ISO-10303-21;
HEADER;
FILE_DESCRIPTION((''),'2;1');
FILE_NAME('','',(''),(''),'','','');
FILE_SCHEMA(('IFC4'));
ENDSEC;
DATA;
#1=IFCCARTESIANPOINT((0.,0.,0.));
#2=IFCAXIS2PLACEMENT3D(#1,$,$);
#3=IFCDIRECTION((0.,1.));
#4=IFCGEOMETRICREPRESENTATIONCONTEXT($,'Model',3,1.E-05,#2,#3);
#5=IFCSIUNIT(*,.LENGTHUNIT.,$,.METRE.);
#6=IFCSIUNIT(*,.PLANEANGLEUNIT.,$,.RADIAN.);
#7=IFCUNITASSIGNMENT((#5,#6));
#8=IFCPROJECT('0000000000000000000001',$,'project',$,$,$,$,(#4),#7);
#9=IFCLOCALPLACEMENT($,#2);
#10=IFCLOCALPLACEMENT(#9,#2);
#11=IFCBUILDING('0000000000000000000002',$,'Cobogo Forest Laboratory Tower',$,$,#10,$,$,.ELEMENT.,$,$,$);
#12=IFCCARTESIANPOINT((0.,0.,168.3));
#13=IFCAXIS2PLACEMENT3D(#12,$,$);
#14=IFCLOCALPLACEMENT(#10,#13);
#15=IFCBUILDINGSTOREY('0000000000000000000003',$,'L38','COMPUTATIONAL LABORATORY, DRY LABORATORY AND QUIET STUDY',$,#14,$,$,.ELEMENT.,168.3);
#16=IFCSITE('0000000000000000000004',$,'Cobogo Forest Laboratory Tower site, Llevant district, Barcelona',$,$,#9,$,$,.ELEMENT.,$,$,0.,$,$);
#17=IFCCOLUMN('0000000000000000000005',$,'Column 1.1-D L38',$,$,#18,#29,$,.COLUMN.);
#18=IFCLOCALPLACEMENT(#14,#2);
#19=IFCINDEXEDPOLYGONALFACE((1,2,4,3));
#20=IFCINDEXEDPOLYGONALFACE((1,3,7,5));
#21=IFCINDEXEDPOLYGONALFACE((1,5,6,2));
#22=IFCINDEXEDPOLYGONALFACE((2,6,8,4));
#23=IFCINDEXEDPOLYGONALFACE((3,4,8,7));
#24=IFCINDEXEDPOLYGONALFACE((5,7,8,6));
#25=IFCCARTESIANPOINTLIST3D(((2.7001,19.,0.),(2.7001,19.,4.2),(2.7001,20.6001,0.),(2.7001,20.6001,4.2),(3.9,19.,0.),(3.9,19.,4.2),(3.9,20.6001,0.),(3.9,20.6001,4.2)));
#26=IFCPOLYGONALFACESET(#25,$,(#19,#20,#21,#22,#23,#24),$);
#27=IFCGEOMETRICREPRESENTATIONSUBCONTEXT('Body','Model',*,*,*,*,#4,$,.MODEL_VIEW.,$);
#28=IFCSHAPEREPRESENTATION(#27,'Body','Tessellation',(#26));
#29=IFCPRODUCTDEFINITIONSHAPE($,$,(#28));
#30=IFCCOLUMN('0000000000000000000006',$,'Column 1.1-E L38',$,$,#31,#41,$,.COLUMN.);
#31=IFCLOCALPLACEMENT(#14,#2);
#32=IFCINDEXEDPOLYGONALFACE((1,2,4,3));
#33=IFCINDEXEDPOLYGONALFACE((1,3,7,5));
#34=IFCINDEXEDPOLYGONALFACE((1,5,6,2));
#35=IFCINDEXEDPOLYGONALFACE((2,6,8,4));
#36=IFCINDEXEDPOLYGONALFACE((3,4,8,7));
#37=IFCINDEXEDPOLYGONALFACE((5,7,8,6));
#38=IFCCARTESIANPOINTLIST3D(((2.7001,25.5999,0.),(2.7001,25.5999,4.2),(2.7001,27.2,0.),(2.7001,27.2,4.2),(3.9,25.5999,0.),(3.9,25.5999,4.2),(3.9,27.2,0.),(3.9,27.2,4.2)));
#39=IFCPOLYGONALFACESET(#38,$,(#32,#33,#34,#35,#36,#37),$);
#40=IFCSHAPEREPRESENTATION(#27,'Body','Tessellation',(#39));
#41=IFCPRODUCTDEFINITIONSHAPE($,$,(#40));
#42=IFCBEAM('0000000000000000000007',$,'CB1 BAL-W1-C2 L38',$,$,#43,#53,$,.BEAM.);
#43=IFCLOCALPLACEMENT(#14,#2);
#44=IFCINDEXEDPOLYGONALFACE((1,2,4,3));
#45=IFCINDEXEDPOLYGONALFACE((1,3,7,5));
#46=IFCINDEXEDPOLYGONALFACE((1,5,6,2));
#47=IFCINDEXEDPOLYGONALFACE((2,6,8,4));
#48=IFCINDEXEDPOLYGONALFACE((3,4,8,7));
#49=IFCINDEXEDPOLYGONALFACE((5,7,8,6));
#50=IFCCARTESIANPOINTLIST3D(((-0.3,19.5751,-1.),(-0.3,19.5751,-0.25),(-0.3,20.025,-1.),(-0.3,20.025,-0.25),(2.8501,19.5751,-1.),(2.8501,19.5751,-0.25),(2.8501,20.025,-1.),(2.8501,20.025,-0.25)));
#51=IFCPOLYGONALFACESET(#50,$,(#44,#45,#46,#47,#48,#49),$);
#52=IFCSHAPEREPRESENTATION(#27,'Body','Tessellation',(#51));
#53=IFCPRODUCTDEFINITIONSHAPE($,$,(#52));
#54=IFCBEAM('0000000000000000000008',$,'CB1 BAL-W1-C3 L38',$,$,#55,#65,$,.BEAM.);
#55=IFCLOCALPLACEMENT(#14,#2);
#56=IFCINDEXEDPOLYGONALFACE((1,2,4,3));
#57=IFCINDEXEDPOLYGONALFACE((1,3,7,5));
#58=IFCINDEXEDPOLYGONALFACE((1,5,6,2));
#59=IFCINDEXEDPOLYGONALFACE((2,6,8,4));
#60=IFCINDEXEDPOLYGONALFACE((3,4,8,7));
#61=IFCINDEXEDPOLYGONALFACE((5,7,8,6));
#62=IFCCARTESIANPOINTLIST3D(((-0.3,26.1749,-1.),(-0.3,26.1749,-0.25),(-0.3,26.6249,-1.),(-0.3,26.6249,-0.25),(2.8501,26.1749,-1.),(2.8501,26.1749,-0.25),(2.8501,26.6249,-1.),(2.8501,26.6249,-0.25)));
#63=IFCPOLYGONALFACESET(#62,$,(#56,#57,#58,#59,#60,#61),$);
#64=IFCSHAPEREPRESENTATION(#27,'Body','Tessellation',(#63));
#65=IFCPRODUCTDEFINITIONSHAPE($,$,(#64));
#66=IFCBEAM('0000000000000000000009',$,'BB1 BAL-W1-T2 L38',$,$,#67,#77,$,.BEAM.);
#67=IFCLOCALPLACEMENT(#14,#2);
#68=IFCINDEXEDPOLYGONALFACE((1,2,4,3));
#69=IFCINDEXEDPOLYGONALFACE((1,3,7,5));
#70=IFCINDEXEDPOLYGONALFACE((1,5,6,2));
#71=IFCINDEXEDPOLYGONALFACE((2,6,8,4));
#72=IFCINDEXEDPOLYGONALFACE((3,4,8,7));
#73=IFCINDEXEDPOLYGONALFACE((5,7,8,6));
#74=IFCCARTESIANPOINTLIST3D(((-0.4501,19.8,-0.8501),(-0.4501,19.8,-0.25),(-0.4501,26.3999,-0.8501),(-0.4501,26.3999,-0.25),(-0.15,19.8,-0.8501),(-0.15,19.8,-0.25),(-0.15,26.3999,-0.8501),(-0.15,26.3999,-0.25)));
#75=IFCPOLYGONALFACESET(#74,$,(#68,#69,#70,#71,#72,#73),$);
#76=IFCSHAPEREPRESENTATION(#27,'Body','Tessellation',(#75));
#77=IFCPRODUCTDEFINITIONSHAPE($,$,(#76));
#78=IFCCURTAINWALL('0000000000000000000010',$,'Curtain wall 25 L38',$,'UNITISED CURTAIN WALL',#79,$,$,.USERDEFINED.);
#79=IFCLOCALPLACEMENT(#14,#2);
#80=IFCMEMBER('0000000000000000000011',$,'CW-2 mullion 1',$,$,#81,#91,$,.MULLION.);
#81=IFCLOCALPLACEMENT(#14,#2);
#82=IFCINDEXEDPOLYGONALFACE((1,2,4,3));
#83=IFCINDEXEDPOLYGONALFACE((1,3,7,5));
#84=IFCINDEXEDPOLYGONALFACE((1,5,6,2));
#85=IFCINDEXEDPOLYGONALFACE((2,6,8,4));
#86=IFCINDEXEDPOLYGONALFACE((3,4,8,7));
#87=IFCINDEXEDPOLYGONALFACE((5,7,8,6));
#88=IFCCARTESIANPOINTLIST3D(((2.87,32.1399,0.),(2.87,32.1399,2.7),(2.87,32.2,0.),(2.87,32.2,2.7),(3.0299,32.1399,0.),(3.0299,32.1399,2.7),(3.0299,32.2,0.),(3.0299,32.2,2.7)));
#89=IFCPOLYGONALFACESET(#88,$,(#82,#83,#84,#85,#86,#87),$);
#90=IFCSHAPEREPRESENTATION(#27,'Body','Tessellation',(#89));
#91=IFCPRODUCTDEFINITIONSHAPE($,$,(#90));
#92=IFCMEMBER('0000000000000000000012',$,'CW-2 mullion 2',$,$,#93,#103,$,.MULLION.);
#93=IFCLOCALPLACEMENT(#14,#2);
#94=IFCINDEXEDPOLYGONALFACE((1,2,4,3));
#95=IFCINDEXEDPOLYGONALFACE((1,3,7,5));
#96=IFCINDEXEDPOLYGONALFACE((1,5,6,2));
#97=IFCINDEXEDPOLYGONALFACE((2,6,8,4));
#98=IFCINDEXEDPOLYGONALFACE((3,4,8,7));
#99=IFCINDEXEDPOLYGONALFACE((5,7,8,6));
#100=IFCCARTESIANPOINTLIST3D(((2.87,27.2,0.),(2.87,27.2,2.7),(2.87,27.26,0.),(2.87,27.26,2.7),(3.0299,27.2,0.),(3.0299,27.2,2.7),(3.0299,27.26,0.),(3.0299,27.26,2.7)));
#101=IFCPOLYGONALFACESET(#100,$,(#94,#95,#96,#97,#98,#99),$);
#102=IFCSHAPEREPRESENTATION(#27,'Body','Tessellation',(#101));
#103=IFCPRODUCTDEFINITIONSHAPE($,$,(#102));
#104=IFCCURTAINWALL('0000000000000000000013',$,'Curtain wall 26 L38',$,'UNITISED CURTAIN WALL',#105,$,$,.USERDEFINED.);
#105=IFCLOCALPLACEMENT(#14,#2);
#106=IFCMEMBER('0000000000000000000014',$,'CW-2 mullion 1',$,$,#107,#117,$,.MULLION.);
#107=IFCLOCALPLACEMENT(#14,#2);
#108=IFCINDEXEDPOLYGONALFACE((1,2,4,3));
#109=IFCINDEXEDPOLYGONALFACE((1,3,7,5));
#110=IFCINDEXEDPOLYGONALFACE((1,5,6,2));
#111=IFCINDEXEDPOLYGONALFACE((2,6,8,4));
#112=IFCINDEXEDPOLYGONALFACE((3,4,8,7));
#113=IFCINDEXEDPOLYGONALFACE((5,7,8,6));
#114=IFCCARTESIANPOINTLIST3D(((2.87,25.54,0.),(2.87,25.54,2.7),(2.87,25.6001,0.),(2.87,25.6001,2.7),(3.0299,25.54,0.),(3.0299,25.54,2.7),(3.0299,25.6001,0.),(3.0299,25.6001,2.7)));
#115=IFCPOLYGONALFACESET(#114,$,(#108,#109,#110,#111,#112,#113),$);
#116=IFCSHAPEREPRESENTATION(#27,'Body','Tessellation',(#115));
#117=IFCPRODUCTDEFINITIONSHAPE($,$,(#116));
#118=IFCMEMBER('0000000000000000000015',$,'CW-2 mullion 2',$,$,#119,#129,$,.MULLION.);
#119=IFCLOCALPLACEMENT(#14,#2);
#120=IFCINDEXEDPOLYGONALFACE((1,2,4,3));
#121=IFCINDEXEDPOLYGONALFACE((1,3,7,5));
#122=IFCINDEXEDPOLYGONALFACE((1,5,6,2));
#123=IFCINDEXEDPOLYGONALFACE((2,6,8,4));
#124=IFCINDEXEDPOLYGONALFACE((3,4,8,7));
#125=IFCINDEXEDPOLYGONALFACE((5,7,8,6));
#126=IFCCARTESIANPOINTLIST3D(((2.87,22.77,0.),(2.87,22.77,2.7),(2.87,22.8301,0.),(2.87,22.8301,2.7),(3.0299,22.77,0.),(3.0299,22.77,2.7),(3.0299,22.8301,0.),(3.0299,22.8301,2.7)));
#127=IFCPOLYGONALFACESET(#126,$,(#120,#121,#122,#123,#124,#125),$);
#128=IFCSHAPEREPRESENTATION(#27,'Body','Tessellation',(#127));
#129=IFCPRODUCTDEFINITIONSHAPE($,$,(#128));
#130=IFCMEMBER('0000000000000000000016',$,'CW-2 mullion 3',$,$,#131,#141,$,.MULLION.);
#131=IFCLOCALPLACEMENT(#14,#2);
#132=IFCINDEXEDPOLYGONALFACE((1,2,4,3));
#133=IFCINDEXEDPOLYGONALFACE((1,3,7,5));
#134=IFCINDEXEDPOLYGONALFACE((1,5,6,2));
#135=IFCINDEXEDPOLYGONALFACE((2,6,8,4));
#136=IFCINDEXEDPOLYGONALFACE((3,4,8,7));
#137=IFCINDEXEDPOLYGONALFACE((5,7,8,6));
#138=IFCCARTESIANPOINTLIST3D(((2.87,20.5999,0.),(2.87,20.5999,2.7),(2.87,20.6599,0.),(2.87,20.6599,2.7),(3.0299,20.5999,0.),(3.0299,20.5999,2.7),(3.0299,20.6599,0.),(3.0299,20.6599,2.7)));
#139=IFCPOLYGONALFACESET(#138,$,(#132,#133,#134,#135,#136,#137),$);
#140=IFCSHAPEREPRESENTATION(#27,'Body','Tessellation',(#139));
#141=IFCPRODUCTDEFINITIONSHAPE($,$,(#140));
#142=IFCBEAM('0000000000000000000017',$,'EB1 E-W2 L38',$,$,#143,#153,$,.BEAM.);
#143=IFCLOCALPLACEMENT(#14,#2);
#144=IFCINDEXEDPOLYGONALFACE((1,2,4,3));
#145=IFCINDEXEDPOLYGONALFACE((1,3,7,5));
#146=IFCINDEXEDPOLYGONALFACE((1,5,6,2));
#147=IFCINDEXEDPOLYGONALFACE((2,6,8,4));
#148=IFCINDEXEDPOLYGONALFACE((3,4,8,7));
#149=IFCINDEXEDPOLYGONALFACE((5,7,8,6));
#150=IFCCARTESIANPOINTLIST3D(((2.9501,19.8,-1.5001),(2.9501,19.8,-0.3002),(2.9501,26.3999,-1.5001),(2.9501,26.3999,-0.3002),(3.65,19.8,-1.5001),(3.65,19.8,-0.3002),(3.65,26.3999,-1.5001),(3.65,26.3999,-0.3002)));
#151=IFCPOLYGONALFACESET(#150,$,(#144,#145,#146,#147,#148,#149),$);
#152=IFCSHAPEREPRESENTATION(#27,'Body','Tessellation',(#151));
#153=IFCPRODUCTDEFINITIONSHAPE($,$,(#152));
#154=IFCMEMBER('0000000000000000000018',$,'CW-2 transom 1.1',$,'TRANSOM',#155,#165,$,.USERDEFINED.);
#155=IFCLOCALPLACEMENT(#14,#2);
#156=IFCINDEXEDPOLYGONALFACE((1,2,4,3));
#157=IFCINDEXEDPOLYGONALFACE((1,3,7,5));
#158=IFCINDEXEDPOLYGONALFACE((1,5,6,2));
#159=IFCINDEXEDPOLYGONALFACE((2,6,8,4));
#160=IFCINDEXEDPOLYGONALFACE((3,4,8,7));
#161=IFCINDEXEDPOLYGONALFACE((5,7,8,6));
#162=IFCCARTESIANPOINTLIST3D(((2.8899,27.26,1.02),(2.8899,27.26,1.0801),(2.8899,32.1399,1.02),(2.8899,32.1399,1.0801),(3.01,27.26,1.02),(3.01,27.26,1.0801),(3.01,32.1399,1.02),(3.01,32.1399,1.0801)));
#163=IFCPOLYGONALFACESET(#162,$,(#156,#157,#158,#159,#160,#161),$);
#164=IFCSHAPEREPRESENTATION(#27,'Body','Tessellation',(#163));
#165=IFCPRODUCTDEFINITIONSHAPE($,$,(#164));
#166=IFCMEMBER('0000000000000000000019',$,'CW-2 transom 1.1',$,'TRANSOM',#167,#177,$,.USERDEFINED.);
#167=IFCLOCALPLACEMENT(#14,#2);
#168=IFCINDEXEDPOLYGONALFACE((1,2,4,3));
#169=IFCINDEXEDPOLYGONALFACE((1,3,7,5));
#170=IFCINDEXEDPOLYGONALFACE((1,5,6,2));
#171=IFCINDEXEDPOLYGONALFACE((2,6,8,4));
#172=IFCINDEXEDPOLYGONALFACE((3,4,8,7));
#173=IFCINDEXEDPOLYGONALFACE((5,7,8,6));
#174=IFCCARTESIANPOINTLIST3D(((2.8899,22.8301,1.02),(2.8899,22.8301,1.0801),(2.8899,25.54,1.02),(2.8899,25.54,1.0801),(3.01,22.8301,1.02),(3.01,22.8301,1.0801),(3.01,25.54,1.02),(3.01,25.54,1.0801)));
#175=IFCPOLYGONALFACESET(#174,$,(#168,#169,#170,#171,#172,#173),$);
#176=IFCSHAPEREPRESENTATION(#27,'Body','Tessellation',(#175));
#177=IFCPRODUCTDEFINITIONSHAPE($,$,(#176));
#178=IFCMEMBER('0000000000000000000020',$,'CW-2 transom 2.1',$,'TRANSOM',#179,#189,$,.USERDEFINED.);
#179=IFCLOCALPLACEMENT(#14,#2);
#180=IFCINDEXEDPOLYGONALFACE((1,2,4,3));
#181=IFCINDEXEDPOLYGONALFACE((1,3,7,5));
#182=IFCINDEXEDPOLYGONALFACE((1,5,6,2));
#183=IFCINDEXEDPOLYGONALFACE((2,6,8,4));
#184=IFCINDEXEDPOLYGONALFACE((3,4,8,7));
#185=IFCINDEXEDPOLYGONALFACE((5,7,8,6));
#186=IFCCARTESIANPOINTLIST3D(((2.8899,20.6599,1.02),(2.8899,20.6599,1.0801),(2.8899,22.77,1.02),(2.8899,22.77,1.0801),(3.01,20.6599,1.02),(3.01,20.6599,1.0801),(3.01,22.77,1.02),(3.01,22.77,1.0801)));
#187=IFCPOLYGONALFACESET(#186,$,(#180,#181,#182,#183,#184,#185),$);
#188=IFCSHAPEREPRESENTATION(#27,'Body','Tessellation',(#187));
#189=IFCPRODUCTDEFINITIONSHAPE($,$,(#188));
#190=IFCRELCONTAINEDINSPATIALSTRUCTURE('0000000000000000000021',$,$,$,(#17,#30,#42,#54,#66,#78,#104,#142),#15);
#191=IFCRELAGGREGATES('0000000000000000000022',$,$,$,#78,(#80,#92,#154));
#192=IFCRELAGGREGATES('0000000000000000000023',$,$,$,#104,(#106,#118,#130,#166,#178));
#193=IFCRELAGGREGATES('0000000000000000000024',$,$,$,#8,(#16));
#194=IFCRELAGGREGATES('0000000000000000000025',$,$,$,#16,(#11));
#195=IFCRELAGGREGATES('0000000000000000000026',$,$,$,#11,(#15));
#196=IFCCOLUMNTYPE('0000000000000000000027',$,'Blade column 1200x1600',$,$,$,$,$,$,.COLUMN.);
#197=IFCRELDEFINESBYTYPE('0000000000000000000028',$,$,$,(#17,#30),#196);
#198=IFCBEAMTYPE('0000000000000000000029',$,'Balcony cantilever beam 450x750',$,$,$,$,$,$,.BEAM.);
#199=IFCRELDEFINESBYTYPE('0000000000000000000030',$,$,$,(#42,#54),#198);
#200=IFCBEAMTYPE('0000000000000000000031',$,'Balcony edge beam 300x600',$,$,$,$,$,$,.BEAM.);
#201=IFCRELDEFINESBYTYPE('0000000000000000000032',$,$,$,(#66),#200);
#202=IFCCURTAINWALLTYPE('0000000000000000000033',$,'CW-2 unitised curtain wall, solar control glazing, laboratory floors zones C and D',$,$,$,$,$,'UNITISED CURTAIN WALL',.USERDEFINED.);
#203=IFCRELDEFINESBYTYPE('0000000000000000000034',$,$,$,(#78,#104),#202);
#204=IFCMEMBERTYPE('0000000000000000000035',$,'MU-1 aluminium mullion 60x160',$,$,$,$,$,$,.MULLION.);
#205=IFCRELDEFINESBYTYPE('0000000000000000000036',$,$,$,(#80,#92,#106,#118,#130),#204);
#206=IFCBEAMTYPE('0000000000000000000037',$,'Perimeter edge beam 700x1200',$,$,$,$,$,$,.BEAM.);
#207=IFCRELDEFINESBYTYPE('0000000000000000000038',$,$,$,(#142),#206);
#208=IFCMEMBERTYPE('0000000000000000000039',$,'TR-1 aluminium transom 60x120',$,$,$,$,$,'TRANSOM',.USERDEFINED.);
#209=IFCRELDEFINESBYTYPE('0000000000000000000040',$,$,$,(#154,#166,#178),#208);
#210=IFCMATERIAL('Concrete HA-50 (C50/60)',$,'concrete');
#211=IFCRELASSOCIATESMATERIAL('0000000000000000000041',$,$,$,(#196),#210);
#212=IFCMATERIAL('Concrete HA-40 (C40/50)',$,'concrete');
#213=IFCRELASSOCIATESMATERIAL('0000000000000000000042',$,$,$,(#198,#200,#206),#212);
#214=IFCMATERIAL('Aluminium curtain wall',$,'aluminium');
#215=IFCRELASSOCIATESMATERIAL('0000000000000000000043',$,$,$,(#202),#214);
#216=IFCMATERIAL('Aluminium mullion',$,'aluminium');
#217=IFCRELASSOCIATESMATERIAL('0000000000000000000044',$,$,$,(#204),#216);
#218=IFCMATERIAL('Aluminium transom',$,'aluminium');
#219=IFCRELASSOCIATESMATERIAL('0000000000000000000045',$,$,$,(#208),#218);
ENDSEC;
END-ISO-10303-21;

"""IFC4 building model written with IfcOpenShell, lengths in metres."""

from ifc_helpers import new_model, si_unit, direction, frame, origin, origin_2d, place, context, subcontext, project, spatial, rectangle, extrude, material, material_profile, profile_set, type_object, element, aggregate, save


model = new_model("IFC4")

# Units and contexts
model_context = context("Model", 3, precision=1e-05, world=origin(), true_north=direction((0.0, 1.0)))
body_context = subcontext(model_context, "Body", "Model", "MODEL_VIEW")
ifc_project = project(units=[si_unit("LENGTHUNIT", "METRE"), si_unit("PLANEANGLEUNIT", "RADIAN")], contexts=[model_context])

# Site, building, storey
site_placement = place(None, origin())
site = spatial("IfcSite", under=ifc_project, at=site_placement, Name="Cobogo Forest Laboratory Tower site, Llevant district, Barcelona", CompositionType="ELEMENT", RefElevation=0.0)
building_placement = place(site_placement, origin())
building = spatial("IfcBuilding", under=site, at=building_placement, Name="Cobogo Forest Laboratory Tower", CompositionType="ELEMENT")
storey_placement = place(building_placement, frame((0.0, 0.0, 168.3)))
storey = spatial("IfcBuildingStorey", under=building, at=storey_placement, Name="L38", Description="COMPUTATIONAL LABORATORY, DRY LABORATORY AND QUIET STUDY", CompositionType="ELEMENT", Elevation=168.3)

# Columns
ifc_material_1 = material(Name="Concrete HA-50 (C50/60)", Category="concrete")
ifc_material_profile_1 = material_profile(ifc_material_1, rectangle(XDim=1.6001, YDim=1.2, at=origin_2d()), Name="RC 1200x1600")
ifc_profile_set_1 = profile_set([ifc_material_profile_1], Name="Concrete HA-50 (C50/60)")
column_type = type_object("IfcColumnType", Name="Blade column 1200x1600", PredefinedType="COLUMN", material=ifc_profile_set_1)
for number, where, z_axis, x_axis, name in (
    (1, (3.3, 19.8, 0.0), (0.0, 0.0, 1.0), (0.0, 1.0, 0.0), "Column 1.1-D L38"),
    (2, (3.3, 26.3999, 0.0), (0.0, 0.0, 1.0), (0.0, 1.0, 0.0), "Column 1.1-E L38"),
):
    element("IfcColumn", number, at=place(storey_placement, frame(where, z_axis=z_axis, x_axis=x_axis)), inside=storey, type_object=column_type, Name=name, PredefinedType="COLUMN", context=body_context, shape_type="SweptSolid", body=[
        extrude(rectangle(XDim=1.6001, YDim=1.2, at=origin_2d()), origin(), (0.0, 0.0, 1.0), 4.2),
    ])

# Beams
ifc_material_2 = material(Name="Concrete HA-40 (C40/50)", Category="concrete")
ifc_material_profile_2 = material_profile(ifc_material_2, rectangle(XDim=0.45, YDim=0.75, at=origin_2d()), Name="RC 450x750")
ifc_profile_set_2 = profile_set([ifc_material_profile_2], Name="Concrete HA-40 (C40/50)")
beam_type_1 = type_object("IfcBeamType", Name="Balcony cantilever beam 450x750", PredefinedType="BEAM", material=ifc_profile_set_2)
for number, where, z_axis, x_axis, name in (
    (3, (2.8501, 19.8, -0.625), (-1.0, 0.0, 0.0), (0.0, -1.0, 0.0), "CB1 BAL-W1-C2 L38"),
    (4, (2.8501, 26.3999, -0.625), (-1.0, 0.0, 0.0), (0.0, -1.0, 0.0), "CB1 BAL-W1-C3 L38"),
):
    element("IfcBeam", number, at=place(storey_placement, frame(where, z_axis=z_axis, x_axis=x_axis)), inside=storey, type_object=beam_type_1, Name=name, PredefinedType="BEAM", context=body_context, shape_type="SweptSolid", body=[
        extrude(rectangle(XDim=0.45, YDim=0.75, at=origin_2d()), origin(), (0.0, 0.0, 1.0), 3.1501),
    ])
ifc_material_profile_3 = material_profile(ifc_material_2, rectangle(XDim=0.3, YDim=0.6001, at=origin_2d()), Name="RC 300x600")
ifc_profile_set_3 = profile_set([ifc_material_profile_3], Name="Concrete HA-40 (C40/50)")
beam_type_2 = type_object("IfcBeamType", Name="Balcony edge beam 300x600", PredefinedType="BEAM", material=ifc_profile_set_3)
beam_1_placement = place(storey_placement, frame((-0.3, 19.8, -0.55), z_axis=(0.0, 1.0, 0.0), x_axis=(-1.0, 0.0, 0.0)))
element("IfcBeam", 5, at=beam_1_placement, inside=storey, type_object=beam_type_2, Name="BB1 BAL-W1-T2 L38", PredefinedType="BEAM", context=body_context, shape_type="SweptSolid", body=[
    extrude(rectangle(XDim=0.3, YDim=0.6001, at=origin_2d()), origin(), (0.0, 0.0, 1.0), 6.5999),
])

# Curtain walls, members
ifc_material_3 = material(Name="Aluminium curtain wall", Category="aluminium")
curtain_wall_type = type_object("IfcCurtainWallType", Name="CW-2 unitised curtain wall, solar control glazing, laboratory floors zones C and D", ElementType="UNITISED CURTAIN WALL", PredefinedType="USERDEFINED", material=ifc_material_3)
curtain_wall_1_placement = place(storey_placement, origin())
curtain_wall_1 = element("IfcCurtainWall", 6, at=curtain_wall_1_placement, inside=storey, type_object=curtain_wall_type, Name="Curtain wall 25 L38", ObjectType="UNITISED CURTAIN WALL", PredefinedType="USERDEFINED")
ifc_material_4 = material(Name="Aluminium mullion", Category="aluminium")
ifc_material_profile_4 = material_profile(ifc_material_4, rectangle(XDim=0.0601, YDim=0.1599, at=origin_2d()), Name="AL 60x160")
ifc_profile_set_4 = profile_set([ifc_material_profile_4], Name="Aluminium mullion")
member_type_1 = type_object("IfcMemberType", Name="MU-1 aluminium mullion 60x160", PredefinedType="MULLION", material=ifc_profile_set_4)
member_1_placement = place(storey_placement, frame((2.95, 32.1699, 0.0), z_axis=(0.0, 0.0, 1.0), x_axis=(0.0, -1.0, 0.0)))
member_1 = element("IfcMember", 7, at=member_1_placement, type_object=member_type_1, Name="CW-2 mullion 1", PredefinedType="MULLION", context=body_context, shape_type="SweptSolid", body=[
    extrude(rectangle(XDim=0.0601, YDim=0.1599, at=origin_2d()), origin(), (0.0, 0.0, 1.0), 2.7),
])
member_2_placement = place(storey_placement, frame((2.95, 27.23, 0.0), z_axis=(0.0, 0.0, 1.0), x_axis=(0.0, -1.0, 0.0)))
member_2 = element("IfcMember", 8, at=member_2_placement, type_object=member_type_1, Name="CW-2 mullion 2", PredefinedType="MULLION", context=body_context, shape_type="SweptSolid", body=[
    extrude(rectangle(XDim=0.0601, YDim=0.1599, at=origin_2d()), origin(), (0.0, 0.0, 1.0), 2.7),
])
curtain_wall_2_placement = place(storey_placement, origin())
curtain_wall_2 = element("IfcCurtainWall", 9, at=curtain_wall_2_placement, inside=storey, type_object=curtain_wall_type, Name="Curtain wall 26 L38", ObjectType="UNITISED CURTAIN WALL", PredefinedType="USERDEFINED")
member_3_placement = place(storey_placement, frame((2.95, 25.5701, 0.0), z_axis=(0.0, 0.0, 1.0), x_axis=(0.0, -1.0, 0.0)))
member_3 = element("IfcMember", 10, at=member_3_placement, type_object=member_type_1, Name="CW-2 mullion 1", PredefinedType="MULLION", context=body_context, shape_type="SweptSolid", body=[
    extrude(rectangle(XDim=0.0601, YDim=0.1599, at=origin_2d()), origin(), (0.0, 0.0, 1.0), 2.7),
])
member_4_placement = place(storey_placement, frame((2.95, 22.8, 0.0), z_axis=(0.0, 0.0, 1.0), x_axis=(0.0, -1.0, 0.0)))
member_4 = element("IfcMember", 11, at=member_4_placement, type_object=member_type_1, Name="CW-2 mullion 2", PredefinedType="MULLION", context=body_context, shape_type="SweptSolid", body=[
    extrude(rectangle(XDim=0.0601, YDim=0.1599, at=origin_2d()), origin(), (0.0, 0.0, 1.0), 2.7),
])
member_5_placement = place(storey_placement, frame((2.95, 20.6299, 0.0), z_axis=(0.0, 0.0, 1.0), x_axis=(0.0, -1.0, 0.0)))
member_5 = element("IfcMember", 12, at=member_5_placement, type_object=member_type_1, Name="CW-2 mullion 3", PredefinedType="MULLION", context=body_context, shape_type="SweptSolid", body=[
    extrude(rectangle(XDim=0.0601, YDim=0.1599, at=origin_2d()), origin(), (0.0, 0.0, 1.0), 2.7),
])

# Beam
ifc_material_profile_5 = material_profile(ifc_material_2, rectangle(XDim=0.7, YDim=1.2, at=origin_2d()), Name="RC 700x1200")
ifc_profile_set_5 = profile_set([ifc_material_profile_5], Name="Concrete HA-40 (C40/50)")
beam_type_3 = type_object("IfcBeamType", Name="Perimeter edge beam 700x1200", PredefinedType="BEAM", material=ifc_profile_set_5)
beam_2_placement = place(storey_placement, frame((3.3, 19.8, -0.9001), z_axis=(0.0, 1.0, 0.0), x_axis=(-1.0, 0.0, 0.0)))
element("IfcBeam", 13, at=beam_2_placement, inside=storey, type_object=beam_type_3, Name="EB1 E-W2 L38", PredefinedType="BEAM", context=body_context, shape_type="SweptSolid", body=[
    extrude(rectangle(XDim=0.7, YDim=1.2, at=origin_2d()), origin(), (0.0, 0.0, 1.0), 6.5999),
])

# Members
ifc_material_5 = material(Name="Aluminium transom", Category="aluminium")
ifc_material_profile_6 = material_profile(ifc_material_5, rectangle(XDim=0.1201, YDim=0.0601, at=origin_2d()), Name="AL 60x120")
ifc_profile_set_6 = profile_set([ifc_material_profile_6], Name="Aluminium transom")
member_type_2 = type_object("IfcMemberType", Name="TR-1 aluminium transom 60x120", ElementType="TRANSOM", PredefinedType="USERDEFINED", material=ifc_profile_set_6)
member_6_placement = place(storey_placement, frame((2.95, 32.1399, 1.05), z_axis=(0.0, -1.0, 0.0), x_axis=(1.0, 0.0, 0.0)))
member_6 = element("IfcMember", 14, at=member_6_placement, type_object=member_type_2, Name="CW-2 transom 1.1", ObjectType="TRANSOM", PredefinedType="USERDEFINED", context=body_context, shape_type="SweptSolid", body=[
    extrude(rectangle(XDim=0.1201, YDim=0.0601, at=origin_2d()), origin(), (0.0, 0.0, 1.0), 4.8799),
])
member_7_placement = place(storey_placement, frame((2.95, 25.54, 1.05), z_axis=(0.0, -1.0, 0.0), x_axis=(1.0, 0.0, 0.0)))
member_7 = element("IfcMember", 15, at=member_7_placement, type_object=member_type_2, Name="CW-2 transom 1.1", ObjectType="TRANSOM", PredefinedType="USERDEFINED", context=body_context, shape_type="SweptSolid", body=[
    extrude(rectangle(XDim=0.1201, YDim=0.0601, at=origin_2d()), origin(), (0.0, 0.0, 1.0), 2.71),
])
member_8_placement = place(storey_placement, frame((2.95, 22.77, 1.05), z_axis=(0.0, -1.0, 0.0), x_axis=(1.0, 0.0, 0.0)))
member_8 = element("IfcMember", 16, at=member_8_placement, type_object=member_type_2, Name="CW-2 transom 2.1", ObjectType="TRANSOM", PredefinedType="USERDEFINED", context=body_context, shape_type="SweptSolid", body=[
    extrude(rectangle(XDim=0.1201, YDim=0.0601, at=origin_2d()), origin(), (0.0, 0.0, 1.0), 2.1101),
])

aggregate(curtain_wall_1, [member_1, member_2, member_6])
aggregate(curtain_wall_2, [member_3, member_4, member_5, member_7, member_8])

save(model, "model.ifc")
